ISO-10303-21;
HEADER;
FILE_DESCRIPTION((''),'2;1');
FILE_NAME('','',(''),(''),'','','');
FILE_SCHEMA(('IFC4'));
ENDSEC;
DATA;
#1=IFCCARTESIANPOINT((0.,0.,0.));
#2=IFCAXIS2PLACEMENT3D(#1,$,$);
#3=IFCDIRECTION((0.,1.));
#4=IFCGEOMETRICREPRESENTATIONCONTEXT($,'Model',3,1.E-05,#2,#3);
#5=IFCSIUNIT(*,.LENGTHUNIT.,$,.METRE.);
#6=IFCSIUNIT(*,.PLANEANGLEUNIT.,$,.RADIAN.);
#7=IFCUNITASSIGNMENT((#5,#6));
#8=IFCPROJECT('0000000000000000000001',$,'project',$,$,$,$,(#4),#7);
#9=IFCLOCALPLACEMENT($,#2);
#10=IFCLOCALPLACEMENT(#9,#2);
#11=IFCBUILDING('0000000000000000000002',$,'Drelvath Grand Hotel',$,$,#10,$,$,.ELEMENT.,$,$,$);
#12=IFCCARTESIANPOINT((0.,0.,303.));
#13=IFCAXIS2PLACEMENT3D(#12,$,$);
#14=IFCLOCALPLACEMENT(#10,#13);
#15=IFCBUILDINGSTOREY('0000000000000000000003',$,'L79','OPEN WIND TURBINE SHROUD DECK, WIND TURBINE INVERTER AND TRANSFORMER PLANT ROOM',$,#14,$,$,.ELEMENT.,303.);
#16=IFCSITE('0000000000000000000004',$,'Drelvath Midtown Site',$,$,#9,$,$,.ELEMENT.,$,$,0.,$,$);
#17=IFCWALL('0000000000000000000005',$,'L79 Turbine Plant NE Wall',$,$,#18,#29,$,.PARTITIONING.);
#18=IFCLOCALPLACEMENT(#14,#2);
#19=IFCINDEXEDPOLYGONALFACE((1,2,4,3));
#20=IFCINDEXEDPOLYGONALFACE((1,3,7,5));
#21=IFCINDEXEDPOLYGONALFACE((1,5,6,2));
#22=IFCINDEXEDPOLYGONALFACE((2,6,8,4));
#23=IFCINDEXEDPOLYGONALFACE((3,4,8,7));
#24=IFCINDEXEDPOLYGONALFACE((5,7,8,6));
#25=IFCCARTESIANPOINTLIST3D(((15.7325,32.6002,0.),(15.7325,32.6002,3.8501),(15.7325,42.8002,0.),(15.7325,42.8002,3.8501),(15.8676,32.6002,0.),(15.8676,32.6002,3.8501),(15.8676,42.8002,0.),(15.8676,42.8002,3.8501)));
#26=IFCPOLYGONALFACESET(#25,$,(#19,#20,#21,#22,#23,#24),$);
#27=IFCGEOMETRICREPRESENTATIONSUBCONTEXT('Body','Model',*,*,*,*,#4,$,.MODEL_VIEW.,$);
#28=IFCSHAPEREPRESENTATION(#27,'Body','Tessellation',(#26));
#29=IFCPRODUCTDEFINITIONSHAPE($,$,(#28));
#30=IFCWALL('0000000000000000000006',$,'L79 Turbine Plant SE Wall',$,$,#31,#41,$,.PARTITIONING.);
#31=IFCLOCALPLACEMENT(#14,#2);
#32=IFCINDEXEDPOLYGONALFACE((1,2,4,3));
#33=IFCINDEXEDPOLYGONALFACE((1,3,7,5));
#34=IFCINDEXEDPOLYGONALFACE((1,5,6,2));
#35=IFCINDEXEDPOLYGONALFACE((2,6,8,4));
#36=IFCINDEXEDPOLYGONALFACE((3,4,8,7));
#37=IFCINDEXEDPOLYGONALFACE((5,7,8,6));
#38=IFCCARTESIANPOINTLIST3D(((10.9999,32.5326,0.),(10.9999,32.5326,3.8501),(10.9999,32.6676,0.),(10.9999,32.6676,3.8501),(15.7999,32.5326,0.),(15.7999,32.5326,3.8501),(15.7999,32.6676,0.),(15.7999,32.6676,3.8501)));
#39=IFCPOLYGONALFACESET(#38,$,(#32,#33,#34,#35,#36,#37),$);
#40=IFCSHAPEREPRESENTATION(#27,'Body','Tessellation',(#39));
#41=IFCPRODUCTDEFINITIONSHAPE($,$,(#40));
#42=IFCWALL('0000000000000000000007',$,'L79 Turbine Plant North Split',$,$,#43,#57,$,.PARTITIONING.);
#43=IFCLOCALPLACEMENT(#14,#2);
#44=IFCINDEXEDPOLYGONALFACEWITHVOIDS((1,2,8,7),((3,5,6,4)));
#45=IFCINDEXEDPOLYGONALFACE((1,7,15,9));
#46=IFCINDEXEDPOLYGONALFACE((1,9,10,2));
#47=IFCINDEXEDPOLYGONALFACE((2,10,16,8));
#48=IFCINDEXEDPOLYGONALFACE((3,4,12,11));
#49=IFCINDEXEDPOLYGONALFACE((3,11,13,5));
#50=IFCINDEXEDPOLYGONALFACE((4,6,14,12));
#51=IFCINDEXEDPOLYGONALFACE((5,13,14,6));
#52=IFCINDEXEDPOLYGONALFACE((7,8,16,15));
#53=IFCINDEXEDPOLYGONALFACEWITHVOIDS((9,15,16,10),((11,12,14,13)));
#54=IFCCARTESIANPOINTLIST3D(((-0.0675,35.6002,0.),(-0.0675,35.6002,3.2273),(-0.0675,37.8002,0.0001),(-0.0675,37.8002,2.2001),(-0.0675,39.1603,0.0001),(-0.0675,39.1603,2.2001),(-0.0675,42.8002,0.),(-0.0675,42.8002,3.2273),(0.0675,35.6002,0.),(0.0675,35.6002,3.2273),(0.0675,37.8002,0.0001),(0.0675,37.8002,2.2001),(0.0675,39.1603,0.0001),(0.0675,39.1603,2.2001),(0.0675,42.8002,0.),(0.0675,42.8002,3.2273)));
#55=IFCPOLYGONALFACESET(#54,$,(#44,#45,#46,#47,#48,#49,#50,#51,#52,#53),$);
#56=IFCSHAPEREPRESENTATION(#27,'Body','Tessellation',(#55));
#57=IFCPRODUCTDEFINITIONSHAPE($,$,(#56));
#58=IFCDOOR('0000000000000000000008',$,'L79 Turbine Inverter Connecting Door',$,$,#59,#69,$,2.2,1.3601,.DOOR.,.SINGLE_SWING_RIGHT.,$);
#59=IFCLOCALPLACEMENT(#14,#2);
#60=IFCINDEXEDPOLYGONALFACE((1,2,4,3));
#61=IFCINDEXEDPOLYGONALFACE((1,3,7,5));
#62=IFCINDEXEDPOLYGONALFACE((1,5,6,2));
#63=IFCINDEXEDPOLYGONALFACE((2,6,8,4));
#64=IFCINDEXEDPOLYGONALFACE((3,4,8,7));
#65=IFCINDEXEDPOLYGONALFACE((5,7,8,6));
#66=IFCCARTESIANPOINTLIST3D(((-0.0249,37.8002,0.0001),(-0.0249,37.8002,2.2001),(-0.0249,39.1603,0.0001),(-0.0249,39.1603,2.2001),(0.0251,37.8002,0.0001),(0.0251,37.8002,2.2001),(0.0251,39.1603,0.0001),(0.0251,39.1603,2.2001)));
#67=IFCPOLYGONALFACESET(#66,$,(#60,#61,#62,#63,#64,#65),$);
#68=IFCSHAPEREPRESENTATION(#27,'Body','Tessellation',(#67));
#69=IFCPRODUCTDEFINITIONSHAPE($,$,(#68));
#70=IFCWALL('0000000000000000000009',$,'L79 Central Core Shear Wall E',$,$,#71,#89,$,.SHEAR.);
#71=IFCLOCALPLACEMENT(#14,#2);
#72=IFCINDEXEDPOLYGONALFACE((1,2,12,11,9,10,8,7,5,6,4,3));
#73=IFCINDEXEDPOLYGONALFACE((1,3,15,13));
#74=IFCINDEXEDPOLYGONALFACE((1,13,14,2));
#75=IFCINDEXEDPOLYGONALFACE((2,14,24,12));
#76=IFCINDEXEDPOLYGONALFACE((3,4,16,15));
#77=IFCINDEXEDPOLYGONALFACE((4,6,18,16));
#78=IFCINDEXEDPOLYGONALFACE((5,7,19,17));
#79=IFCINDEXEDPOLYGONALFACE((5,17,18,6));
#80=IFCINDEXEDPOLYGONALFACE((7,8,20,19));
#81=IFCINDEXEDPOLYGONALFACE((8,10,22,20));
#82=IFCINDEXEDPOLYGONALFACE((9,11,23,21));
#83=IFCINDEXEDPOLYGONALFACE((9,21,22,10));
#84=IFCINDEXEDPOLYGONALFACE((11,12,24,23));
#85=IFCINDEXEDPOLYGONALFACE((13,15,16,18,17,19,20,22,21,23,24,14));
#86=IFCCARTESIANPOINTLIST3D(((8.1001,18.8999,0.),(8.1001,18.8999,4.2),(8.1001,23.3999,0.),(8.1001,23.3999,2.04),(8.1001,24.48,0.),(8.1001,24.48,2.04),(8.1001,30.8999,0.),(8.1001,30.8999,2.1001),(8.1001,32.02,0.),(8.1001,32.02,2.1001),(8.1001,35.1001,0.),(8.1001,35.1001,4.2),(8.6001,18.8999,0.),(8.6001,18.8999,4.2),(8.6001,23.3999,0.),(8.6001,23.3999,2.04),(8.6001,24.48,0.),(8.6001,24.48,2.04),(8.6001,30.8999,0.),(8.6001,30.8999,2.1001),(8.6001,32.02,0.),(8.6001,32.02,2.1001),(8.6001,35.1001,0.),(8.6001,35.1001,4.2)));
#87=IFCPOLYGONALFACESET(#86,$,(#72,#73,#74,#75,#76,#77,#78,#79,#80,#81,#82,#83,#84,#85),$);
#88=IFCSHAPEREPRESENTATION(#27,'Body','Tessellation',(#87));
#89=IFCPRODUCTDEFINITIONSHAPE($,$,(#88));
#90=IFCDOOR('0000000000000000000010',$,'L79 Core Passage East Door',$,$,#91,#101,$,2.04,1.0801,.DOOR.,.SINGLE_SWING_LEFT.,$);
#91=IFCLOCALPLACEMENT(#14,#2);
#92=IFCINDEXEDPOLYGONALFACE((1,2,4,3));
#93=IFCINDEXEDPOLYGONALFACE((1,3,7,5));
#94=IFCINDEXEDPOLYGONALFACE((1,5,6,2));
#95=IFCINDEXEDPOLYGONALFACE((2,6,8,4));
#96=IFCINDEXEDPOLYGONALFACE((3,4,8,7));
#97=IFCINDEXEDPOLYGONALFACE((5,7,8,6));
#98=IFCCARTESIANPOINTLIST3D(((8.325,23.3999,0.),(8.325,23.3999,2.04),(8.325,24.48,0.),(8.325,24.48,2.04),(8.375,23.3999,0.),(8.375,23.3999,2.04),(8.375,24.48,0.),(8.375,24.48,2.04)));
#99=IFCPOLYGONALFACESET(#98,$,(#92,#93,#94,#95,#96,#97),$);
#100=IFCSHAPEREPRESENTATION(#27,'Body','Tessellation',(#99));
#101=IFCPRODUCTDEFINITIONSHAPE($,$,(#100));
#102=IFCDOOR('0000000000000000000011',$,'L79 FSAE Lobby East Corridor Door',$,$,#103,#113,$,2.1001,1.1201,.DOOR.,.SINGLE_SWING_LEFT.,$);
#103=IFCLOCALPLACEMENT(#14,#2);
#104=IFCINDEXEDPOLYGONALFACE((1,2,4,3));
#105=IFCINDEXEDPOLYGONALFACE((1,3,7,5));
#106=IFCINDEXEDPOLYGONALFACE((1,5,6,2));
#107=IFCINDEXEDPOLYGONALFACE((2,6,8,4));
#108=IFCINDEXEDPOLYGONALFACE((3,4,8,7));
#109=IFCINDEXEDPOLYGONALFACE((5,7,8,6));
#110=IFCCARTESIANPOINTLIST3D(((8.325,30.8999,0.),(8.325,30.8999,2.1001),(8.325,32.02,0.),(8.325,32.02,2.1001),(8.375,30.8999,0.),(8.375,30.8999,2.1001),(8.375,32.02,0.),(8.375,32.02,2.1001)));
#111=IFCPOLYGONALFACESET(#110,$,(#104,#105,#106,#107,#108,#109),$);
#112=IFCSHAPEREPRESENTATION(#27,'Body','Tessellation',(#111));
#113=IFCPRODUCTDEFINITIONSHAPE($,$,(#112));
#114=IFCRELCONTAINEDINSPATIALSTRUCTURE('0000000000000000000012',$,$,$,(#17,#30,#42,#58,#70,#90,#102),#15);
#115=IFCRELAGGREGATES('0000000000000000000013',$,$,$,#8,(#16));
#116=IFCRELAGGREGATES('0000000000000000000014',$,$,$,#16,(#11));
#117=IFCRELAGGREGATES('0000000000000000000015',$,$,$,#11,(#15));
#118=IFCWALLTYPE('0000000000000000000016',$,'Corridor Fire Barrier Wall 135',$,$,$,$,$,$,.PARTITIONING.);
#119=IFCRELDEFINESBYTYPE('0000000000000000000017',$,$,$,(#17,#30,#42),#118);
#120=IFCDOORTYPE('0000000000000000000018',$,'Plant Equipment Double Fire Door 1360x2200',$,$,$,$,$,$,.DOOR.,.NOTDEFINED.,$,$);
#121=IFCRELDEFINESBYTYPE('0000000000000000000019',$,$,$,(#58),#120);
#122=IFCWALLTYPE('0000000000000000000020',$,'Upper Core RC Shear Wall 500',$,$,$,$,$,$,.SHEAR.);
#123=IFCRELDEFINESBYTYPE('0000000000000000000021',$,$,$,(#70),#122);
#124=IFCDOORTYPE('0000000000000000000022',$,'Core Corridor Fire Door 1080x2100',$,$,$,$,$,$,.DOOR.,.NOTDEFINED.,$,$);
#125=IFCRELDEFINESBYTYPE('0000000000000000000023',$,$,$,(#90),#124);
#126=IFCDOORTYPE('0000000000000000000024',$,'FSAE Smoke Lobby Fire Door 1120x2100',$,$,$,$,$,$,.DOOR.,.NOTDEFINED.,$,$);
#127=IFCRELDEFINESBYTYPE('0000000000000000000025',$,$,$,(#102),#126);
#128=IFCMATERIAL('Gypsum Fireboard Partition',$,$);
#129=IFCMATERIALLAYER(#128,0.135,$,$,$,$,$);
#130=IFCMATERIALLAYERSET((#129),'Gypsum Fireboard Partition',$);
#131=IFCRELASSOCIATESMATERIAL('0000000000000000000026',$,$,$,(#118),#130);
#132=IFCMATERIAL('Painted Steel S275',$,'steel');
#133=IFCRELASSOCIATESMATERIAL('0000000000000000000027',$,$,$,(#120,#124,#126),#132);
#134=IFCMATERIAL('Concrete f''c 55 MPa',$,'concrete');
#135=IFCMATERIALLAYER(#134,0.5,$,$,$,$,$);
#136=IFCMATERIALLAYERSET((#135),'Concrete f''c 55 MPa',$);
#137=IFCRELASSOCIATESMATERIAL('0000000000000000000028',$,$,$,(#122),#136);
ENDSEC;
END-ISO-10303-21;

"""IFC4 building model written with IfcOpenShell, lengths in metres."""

from ifc_helpers import new_model, si_unit, direction, frame, frame_2d, origin, place, context, subcontext, project, spatial, rectangle, extrude, material, layer, layer_set, type_object, element, fill, save


model = new_model("IFC4")

# Units and contexts
model_context = context("Model", 3, precision=1e-05, world=origin(), true_north=direction((0.0, 1.0)))
body_context = subcontext(model_context, "Body", "Model", "MODEL_VIEW")
ifc_project = project(units=[si_unit("LENGTHUNIT", "METRE"), si_unit("PLANEANGLEUNIT", "RADIAN")], contexts=[model_context])

# Site, building, storey
site_placement = place(None, origin())
site = spatial("IfcSite", under=ifc_project, at=site_placement, Name="Drelvath Midtown Site", CompositionType="ELEMENT", RefElevation=0.0)
building_placement = place(site_placement, origin())
building = spatial("IfcBuilding", under=site, at=building_placement, Name="Drelvath Grand Hotel", CompositionType="ELEMENT")
storey_placement = place(building_placement, frame((0.0, 0.0, 303.0)))
storey = spatial("IfcBuildingStorey", under=building, at=storey_placement, Name="L79", Description="OPEN WIND TURBINE SHROUD DECK, WIND TURBINE INVERTER AND TRANSFORMER PLANT ROOM", CompositionType="ELEMENT", Elevation=303.0)

# Shared definitions
ifc_material_1 = material(Name="Concrete f'c 55 MPa", Category="concrete")

# Walls
ifc_material_2 = material(Name="Gypsum Fireboard Partition")
ifc_layer_1 = layer(ifc_material_2, 0.135)
ifc_layer_set_1 = layer_set([ifc_layer_1], Name="Gypsum Fireboard Partition")
wall_type_1 = type_object("IfcWallType", Name="Corridor Fire Barrier Wall 135", PredefinedType="PARTITIONING", material=ifc_layer_set_1)
wall_1_placement = place(storey_placement, frame((15.8, 32.6001, 0.0), z_axis=(0.0, 0.0, 1.0), x_axis=(0.0, 1.0, 0.0)))
element("IfcWall", 1, at=wall_1_placement, inside=storey, type_object=wall_type_1, Name="L79 Turbine Plant NE Wall", PredefinedType="PARTITIONING", context=body_context, shape_type="SweptSolid", body=[
    extrude(rectangle(XDim=10.2, YDim=0.135, at=frame_2d((5.1001, 0.0))), origin(), (0.0, 0.0, 1.0), 3.8501),
])
wall_2_placement = place(storey_placement, frame((11.0, 32.6001, 0.0), z_axis=(0.0, 0.0, 1.0), x_axis=(1.0, 0.0, 0.0)))
element("IfcWall", 2, at=wall_2_placement, inside=storey, type_object=wall_type_1, Name="L79 Turbine Plant SE Wall", PredefinedType="PARTITIONING", context=body_context, shape_type="SweptSolid", body=[
    extrude(rectangle(XDim=4.8, YDim=0.135, at=frame_2d((2.3999, 0.0))), origin(), (0.0, 0.0, 1.0), 3.8501),
])

# Wall, opening, door
wall_3_placement = place(storey_placement, frame((0.0, 35.6001, 0.0), z_axis=(0.0, 0.0, 1.0), x_axis=(0.0, 1.0, 0.0)))
wall_3 = element("IfcWall", 3, at=wall_3_placement, inside=storey, type_object=wall_type_1, Name="L79 Turbine Plant North Split", PredefinedType="PARTITIONING", context=body_context, shape_type="SweptSolid", body=[
    extrude(rectangle(XDim=7.2, YDim=0.135, at=frame_2d((3.6001, 0.0))), origin(), (0.0, 0.0, 1.0), 3.2273),
])
opening_1_placement = place(wall_3_placement, frame((2.2, 0.0, 0.0)))
opening_1 = element("IfcOpeningElement", 4, at=opening_1_placement, cuts=wall_3, PredefinedType="OPENING", context=body_context, shape_type="SweptSolid", body=[
    extrude(rectangle(XDim=1.3601, YDim=2.2, at=frame_2d((0.6802, 1.1001))), frame((0.0, 0.0774, 0.0), z_axis=(0.0, -1.0, 0.0), x_axis=(1.0, 0.0, 0.0)), (0.0, 0.0, 1.0), 0.155),
])
ifc_material_3 = material(Name="Painted Steel S275", Category="steel")
door_type_1 = type_object("IfcDoorType", Name="Plant Equipment Double Fire Door 1360x2200", OperationType="NOTDEFINED", PredefinedType="DOOR", material=ifc_material_3)
door_1_placement = place(opening_1_placement, origin())
door_1 = element("IfcDoor", 5, at=door_1_placement, inside=storey, type_object=door_type_1, Name="L79 Turbine Inverter Connecting Door", OperationType="SINGLE_SWING_RIGHT", OverallHeight=2.2, OverallWidth=1.3601, PredefinedType="DOOR", context=body_context, shape_type="SweptSolid", body=[
    extrude(rectangle(XDim=1.3601, YDim=2.2, at=frame_2d((0.6802, 1.1001))), frame((0.0, 0.0249, 0.0), z_axis=(0.0, -1.0, 0.0), x_axis=(1.0, 0.0, 0.0)), (0.0, 0.0, 1.0), 0.05),
])
fill(opening_1, door_1)

# Wall, openings, doors
ifc_layer_2 = layer(ifc_material_1, 0.5)
ifc_layer_set_2 = layer_set([ifc_layer_2], Name="Concrete f'c 55 MPa")
wall_type_2 = type_object("IfcWallType", Name="Upper Core RC Shear Wall 500", PredefinedType="SHEAR", material=ifc_layer_set_2)
wall_4_placement = place(storey_placement, frame((8.3501, 35.1001, 0.0), z_axis=(0.0, 0.0, 1.0), x_axis=(0.0, -1.0, 0.0)))
wall_4 = element("IfcWall", 6, at=wall_4_placement, inside=storey, type_object=wall_type_2, Name="L79 Central Core Shear Wall E", PredefinedType="SHEAR", context=body_context, shape_type="SweptSolid", body=[
    extrude(rectangle(XDim=16.2002, YDim=0.5, at=frame_2d((8.1001, 0.0))), origin(), (0.0, 0.0, 1.0), 4.2),
])
opening_2_placement = place(wall_4_placement, frame((3.0801, 0.0, 0.0)))
opening_2 = element("IfcOpeningElement", 7, at=opening_2_placement, cuts=wall_4, PredefinedType="OPENING", context=body_context, shape_type="SweptSolid", body=[
    extrude(rectangle(XDim=1.1201, YDim=2.1001, at=frame_2d((0.5601, 1.05))), frame((0.0, 0.26, 0.0), z_axis=(0.0, -1.0, 0.0), x_axis=(1.0, 0.0, 0.0)), (0.0, 0.0, 1.0), 0.52),
])
opening_3_placement = place(wall_4_placement, frame((10.6201, 0.0, 0.0)))
opening_3 = element("IfcOpeningElement", 8, at=opening_3_placement, cuts=wall_4, PredefinedType="OPENING", context=body_context, shape_type="SweptSolid", body=[
    extrude(rectangle(XDim=1.0801, YDim=2.04, at=frame_2d((0.54, 1.02))), frame((0.0, 0.26, 0.0), z_axis=(0.0, -1.0, 0.0), x_axis=(1.0, 0.0, 0.0)), (0.0, 0.0, 1.0), 0.52),
])
door_type_2 = type_object("IfcDoorType", Name="Core Corridor Fire Door 1080x2100", OperationType="NOTDEFINED", PredefinedType="DOOR", material=ifc_material_3)
door_2_placement = place(opening_3_placement, origin())
door_2 = element("IfcDoor", 9, at=door_2_placement, inside=storey, type_object=door_type_2, Name="L79 Core Passage East Door", OperationType="SINGLE_SWING_LEFT", OverallHeight=2.04, OverallWidth=1.0801, PredefinedType="DOOR", context=body_context, shape_type="SweptSolid", body=[
    extrude(rectangle(XDim=1.0801, YDim=2.04, at=frame_2d((0.54, 1.02))), frame((0.0, 0.0249, 0.0), z_axis=(0.0, -1.0, 0.0), x_axis=(1.0, 0.0, 0.0)), (0.0, 0.0, 1.0), 0.05),
])
fill(opening_3, door_2)
door_type_3 = type_object("IfcDoorType", Name="FSAE Smoke Lobby Fire Door 1120x2100", OperationType="NOTDEFINED", PredefinedType="DOOR", material=ifc_material_3)
door_3_placement = place(opening_2_placement, origin())
door_3 = element("IfcDoor", 10, at=door_3_placement, inside=storey, type_object=door_type_3, Name="L79 FSAE Lobby East Corridor Door", OperationType="SINGLE_SWING_LEFT", OverallHeight=2.1001, OverallWidth=1.1201, PredefinedType="DOOR", context=body_context, shape_type="SweptSolid", body=[
    extrude(rectangle(XDim=1.1201, YDim=2.1001, at=frame_2d((0.5601, 1.05))), frame((0.0, 0.0249, 0.0), z_axis=(0.0, -1.0, 0.0), x_axis=(1.0, 0.0, 0.0)), (0.0, 0.0, 1.0), 0.05),
])
fill(opening_2, door_3)

save(model, "model.ifc")
